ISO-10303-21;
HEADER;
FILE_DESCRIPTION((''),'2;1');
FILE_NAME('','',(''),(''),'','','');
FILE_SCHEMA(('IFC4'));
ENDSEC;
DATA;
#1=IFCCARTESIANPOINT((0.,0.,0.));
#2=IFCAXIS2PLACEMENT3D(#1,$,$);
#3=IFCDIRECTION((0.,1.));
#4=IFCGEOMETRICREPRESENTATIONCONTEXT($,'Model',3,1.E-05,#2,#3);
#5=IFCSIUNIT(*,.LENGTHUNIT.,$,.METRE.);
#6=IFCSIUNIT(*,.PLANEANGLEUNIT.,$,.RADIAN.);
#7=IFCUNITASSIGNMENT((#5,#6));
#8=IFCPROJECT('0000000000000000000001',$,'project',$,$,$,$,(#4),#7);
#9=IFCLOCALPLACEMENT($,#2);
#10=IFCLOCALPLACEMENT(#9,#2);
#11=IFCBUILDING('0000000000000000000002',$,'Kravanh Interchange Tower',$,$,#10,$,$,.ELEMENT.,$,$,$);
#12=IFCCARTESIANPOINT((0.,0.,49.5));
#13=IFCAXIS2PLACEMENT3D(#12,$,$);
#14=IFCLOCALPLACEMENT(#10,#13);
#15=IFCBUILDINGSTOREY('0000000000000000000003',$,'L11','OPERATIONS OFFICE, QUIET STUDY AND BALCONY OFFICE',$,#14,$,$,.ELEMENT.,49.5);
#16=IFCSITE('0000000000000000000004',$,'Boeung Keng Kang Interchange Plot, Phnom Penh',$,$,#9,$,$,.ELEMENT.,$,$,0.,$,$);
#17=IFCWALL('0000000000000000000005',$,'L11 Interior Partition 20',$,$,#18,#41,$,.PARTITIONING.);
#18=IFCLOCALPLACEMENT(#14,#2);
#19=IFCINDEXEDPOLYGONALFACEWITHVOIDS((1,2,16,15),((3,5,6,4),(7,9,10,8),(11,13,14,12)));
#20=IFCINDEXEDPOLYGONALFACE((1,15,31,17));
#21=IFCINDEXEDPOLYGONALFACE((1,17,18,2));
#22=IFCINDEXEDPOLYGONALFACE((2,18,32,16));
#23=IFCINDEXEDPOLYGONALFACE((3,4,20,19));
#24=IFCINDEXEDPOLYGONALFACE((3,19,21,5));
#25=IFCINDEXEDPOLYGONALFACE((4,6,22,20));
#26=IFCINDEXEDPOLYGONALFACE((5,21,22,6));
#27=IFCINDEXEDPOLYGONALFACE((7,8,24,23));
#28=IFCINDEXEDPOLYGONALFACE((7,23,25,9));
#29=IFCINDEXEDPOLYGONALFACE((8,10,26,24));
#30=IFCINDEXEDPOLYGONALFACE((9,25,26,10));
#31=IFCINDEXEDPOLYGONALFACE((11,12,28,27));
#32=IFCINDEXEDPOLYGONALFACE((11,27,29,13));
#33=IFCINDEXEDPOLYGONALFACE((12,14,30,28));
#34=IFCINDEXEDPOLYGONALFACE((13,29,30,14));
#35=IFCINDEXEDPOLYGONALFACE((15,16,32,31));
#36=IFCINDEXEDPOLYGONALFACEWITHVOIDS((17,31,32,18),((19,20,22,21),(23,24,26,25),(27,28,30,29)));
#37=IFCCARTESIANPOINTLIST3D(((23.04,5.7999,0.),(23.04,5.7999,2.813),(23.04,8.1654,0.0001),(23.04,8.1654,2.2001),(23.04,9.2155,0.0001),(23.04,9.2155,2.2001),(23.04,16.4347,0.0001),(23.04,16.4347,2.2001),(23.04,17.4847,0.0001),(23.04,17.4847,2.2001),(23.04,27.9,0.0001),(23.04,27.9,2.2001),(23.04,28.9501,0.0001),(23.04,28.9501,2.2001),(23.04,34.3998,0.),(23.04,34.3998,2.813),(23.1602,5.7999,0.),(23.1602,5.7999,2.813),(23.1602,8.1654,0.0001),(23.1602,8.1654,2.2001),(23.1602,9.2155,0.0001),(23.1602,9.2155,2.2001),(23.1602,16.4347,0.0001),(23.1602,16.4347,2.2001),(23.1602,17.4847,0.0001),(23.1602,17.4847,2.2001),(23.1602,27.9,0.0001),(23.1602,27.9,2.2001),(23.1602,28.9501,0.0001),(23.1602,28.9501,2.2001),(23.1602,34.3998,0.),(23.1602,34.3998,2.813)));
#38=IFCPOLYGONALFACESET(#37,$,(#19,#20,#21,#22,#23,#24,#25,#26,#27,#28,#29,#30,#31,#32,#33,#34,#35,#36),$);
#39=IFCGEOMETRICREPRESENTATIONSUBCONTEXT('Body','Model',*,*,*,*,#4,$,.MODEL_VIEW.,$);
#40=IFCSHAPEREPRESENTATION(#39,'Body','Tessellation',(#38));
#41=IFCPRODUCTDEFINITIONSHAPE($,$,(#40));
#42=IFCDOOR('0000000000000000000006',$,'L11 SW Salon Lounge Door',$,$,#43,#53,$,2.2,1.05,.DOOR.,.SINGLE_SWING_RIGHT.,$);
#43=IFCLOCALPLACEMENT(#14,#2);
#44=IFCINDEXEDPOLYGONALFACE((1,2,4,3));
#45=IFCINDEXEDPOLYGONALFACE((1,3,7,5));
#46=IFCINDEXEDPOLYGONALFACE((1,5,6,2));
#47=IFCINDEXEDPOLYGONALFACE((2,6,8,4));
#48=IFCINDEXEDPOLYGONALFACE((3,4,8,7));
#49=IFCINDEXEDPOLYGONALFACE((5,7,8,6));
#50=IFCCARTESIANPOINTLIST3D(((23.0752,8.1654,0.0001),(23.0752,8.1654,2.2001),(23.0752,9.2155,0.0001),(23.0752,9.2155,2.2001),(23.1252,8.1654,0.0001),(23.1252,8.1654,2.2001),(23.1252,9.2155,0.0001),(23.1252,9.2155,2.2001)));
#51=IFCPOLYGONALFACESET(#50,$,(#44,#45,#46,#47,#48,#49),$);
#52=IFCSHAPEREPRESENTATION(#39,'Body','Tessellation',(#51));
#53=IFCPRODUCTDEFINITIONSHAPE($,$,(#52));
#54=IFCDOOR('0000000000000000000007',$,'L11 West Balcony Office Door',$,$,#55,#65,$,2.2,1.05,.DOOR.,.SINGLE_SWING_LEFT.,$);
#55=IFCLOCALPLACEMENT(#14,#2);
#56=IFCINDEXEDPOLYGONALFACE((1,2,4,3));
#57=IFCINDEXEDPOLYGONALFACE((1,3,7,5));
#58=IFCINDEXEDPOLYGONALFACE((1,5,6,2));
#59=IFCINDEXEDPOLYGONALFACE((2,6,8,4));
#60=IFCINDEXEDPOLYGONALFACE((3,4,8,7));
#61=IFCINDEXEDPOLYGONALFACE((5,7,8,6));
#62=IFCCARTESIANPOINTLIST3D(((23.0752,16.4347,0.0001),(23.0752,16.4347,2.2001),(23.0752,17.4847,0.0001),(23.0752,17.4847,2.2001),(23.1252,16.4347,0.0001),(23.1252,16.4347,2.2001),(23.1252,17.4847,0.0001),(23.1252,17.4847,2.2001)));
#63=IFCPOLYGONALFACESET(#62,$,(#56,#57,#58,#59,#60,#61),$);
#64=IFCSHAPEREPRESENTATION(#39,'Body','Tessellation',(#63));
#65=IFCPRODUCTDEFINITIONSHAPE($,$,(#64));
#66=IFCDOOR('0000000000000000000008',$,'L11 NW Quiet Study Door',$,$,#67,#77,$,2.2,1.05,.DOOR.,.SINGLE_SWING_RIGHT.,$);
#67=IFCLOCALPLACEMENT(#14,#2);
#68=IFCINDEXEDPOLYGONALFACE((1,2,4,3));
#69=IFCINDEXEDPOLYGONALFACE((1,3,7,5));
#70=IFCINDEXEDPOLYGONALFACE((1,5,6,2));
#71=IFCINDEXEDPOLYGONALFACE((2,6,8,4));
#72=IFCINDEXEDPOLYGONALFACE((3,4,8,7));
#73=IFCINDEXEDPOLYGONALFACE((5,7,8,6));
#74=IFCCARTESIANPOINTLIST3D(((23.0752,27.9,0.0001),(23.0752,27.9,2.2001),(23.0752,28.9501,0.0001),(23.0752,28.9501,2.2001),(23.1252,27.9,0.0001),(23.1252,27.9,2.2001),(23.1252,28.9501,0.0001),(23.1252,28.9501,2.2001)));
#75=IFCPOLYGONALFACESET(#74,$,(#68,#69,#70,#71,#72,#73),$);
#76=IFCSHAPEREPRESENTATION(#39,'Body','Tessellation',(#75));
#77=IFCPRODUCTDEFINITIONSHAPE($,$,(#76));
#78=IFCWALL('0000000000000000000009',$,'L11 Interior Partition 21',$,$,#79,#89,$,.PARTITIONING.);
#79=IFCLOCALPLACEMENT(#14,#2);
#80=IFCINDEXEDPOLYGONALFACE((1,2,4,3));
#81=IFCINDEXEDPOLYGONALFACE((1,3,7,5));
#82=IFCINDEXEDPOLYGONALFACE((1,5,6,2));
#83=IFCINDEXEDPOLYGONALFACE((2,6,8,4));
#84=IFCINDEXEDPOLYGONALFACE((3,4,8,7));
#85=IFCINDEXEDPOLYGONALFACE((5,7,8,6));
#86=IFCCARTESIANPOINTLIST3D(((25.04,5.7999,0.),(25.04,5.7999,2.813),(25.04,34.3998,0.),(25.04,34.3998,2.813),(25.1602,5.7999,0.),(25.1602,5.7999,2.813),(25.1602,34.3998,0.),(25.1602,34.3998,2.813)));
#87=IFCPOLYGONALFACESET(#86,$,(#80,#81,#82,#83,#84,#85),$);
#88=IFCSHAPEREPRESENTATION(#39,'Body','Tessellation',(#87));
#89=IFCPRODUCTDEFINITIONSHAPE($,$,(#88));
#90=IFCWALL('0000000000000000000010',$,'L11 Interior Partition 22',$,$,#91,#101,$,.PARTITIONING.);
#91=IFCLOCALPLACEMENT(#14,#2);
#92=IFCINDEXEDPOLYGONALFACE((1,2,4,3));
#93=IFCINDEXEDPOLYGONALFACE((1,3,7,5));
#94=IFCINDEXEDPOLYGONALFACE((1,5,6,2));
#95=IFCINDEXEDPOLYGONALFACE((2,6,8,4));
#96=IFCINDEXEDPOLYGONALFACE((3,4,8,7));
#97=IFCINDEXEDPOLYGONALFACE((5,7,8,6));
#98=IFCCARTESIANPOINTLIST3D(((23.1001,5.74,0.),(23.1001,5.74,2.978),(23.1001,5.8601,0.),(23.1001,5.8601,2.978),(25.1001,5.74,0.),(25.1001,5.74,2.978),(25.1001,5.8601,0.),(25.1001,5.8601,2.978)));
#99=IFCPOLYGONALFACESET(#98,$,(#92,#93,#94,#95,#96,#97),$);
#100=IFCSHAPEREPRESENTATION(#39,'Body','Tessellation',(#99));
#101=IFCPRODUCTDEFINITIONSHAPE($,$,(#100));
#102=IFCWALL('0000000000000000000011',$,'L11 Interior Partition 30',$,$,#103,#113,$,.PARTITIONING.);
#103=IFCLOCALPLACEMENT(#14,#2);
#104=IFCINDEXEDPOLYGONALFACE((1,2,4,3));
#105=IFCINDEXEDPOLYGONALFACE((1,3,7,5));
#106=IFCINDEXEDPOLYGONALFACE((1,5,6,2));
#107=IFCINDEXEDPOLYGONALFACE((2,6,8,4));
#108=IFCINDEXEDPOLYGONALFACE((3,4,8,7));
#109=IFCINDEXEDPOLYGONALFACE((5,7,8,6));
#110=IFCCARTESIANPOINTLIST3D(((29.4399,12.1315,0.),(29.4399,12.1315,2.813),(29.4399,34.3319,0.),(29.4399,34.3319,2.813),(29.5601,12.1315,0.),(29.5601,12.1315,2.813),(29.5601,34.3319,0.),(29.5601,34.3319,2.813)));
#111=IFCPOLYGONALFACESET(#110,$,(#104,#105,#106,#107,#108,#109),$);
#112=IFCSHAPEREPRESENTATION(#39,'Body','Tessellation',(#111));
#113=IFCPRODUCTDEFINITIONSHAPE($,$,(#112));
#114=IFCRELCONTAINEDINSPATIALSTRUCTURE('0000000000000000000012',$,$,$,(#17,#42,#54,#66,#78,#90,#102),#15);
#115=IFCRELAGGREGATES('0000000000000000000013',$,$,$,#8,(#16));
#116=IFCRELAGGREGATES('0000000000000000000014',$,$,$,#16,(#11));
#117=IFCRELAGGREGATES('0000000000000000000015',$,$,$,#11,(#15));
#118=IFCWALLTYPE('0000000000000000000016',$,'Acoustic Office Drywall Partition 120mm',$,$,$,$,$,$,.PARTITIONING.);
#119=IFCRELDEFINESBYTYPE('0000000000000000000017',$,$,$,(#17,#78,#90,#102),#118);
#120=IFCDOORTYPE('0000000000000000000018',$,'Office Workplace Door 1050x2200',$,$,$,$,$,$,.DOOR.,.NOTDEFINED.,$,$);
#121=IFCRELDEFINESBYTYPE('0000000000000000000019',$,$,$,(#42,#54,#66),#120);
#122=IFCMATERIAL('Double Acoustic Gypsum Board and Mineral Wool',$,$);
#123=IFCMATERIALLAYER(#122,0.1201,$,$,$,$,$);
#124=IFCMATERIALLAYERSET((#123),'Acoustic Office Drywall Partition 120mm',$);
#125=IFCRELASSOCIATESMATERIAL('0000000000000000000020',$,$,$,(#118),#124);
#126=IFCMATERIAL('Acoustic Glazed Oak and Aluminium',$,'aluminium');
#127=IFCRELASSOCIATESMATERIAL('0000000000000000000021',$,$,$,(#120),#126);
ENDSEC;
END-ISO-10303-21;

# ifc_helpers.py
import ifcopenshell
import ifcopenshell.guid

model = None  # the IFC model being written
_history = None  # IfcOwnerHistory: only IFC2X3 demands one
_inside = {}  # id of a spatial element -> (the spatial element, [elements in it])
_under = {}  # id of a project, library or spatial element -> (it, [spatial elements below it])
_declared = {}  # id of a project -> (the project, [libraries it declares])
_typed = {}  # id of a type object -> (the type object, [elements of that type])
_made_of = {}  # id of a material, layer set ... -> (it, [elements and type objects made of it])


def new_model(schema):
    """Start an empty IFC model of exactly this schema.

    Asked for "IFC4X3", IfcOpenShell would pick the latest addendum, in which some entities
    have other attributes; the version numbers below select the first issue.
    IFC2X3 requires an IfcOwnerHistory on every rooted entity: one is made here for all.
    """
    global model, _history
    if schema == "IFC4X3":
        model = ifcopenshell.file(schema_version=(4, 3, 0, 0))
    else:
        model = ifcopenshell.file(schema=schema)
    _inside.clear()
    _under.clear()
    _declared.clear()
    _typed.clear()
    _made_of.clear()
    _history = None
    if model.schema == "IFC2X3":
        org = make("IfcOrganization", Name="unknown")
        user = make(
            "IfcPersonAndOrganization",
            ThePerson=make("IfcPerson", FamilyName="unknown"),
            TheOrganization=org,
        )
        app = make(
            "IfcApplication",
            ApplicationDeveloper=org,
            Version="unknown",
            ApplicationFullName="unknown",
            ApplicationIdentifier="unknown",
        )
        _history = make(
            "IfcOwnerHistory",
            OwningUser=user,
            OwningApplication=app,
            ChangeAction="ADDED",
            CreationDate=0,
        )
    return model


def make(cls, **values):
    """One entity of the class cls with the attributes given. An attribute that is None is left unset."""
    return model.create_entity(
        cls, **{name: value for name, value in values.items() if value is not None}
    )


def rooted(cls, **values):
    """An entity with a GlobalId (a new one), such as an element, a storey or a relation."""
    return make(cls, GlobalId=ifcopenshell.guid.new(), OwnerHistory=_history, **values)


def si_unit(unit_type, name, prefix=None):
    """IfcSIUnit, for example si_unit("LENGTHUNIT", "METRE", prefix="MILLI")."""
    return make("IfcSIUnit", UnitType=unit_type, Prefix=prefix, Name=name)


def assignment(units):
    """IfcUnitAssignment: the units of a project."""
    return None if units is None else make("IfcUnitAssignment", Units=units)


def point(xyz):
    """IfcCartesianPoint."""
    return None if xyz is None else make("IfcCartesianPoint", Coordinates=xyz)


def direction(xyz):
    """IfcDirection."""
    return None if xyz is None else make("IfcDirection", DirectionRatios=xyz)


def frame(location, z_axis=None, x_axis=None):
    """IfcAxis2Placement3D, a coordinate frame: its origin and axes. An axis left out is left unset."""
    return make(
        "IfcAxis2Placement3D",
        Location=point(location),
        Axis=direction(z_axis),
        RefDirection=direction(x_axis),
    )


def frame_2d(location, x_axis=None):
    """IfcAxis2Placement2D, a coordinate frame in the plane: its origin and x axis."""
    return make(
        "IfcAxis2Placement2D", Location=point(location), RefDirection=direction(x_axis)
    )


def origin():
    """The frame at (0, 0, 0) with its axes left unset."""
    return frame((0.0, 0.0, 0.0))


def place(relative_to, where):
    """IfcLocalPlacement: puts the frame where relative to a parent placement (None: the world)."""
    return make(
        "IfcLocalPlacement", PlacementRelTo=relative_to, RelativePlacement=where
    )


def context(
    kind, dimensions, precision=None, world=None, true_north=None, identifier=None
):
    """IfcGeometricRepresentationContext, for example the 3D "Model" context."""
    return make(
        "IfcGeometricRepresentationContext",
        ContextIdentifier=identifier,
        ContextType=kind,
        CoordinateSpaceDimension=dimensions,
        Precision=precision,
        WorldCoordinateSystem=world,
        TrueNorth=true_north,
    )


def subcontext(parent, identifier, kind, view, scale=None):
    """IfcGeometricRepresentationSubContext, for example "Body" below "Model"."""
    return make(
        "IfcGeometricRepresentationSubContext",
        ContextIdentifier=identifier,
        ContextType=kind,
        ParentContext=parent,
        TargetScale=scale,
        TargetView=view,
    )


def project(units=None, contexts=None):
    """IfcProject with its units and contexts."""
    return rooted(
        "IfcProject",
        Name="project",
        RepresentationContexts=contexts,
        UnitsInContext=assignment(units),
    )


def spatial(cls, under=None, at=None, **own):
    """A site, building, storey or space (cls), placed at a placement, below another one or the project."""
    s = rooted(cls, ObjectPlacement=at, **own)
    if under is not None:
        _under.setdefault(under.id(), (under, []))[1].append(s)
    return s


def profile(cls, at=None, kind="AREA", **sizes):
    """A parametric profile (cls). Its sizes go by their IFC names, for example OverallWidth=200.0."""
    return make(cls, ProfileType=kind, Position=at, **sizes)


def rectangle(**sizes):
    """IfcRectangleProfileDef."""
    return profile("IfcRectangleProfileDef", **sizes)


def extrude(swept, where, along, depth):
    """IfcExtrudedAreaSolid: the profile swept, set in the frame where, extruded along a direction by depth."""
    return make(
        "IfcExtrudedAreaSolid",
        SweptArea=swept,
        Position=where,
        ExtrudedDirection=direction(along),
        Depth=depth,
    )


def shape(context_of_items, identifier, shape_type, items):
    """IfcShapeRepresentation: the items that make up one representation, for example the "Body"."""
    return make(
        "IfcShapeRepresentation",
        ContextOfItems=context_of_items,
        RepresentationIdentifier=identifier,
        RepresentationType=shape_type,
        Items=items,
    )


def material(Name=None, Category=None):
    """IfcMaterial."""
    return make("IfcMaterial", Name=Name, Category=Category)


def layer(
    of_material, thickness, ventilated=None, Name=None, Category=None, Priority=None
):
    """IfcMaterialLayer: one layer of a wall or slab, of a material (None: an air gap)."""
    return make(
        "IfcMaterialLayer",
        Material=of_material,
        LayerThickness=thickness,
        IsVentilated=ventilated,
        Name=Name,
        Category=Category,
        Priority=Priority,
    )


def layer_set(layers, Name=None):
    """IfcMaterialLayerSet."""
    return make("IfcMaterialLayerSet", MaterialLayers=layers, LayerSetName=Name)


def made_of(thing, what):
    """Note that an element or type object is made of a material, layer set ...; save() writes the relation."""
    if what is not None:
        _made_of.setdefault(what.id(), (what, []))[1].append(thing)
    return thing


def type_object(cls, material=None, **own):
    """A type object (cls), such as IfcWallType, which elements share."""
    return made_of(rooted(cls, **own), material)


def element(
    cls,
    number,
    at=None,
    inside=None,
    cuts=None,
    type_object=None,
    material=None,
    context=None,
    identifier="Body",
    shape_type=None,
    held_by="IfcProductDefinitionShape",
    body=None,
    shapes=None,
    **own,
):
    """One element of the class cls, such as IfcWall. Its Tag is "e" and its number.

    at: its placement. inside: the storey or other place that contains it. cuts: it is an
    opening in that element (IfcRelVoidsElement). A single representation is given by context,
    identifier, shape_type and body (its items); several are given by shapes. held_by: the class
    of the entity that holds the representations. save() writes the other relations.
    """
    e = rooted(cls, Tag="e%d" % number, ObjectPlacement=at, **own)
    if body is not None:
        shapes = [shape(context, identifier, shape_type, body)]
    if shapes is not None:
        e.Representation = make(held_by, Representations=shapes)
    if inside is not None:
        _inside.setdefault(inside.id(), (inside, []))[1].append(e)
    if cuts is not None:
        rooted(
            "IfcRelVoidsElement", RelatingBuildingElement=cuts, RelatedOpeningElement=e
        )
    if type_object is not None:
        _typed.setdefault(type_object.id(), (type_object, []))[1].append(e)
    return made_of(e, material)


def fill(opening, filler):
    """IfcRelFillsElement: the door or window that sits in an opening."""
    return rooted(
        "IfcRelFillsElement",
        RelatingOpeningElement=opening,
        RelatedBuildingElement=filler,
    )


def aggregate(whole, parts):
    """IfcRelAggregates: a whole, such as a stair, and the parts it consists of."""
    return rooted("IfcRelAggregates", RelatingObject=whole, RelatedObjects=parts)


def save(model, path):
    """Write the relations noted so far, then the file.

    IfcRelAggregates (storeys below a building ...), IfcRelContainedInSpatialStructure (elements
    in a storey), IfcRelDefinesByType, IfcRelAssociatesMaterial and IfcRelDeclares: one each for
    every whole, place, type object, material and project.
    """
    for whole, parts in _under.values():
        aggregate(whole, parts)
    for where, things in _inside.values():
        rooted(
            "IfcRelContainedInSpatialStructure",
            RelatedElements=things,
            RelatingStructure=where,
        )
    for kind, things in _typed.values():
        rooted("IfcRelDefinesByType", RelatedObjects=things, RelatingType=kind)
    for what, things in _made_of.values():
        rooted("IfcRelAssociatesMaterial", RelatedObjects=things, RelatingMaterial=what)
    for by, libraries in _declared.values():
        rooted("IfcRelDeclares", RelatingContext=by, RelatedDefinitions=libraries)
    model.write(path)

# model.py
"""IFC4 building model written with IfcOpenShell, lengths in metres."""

from ifc_helpers import new_model, si_unit, direction, frame, frame_2d, origin, place, context, subcontext, project, spatial, rectangle, extrude, material, layer, layer_set, type_object, element, fill, save


model = new_model("IFC4")

# Units and contexts
model_context = context("Model", 3, precision=1e-05, world=origin(), true_north=direction((0.0, 1.0)))
body_context = subcontext(model_context, "Body", "Model", "MODEL_VIEW")
ifc_project = project(units=[si_unit("LENGTHUNIT", "METRE"), si_unit("PLANEANGLEUNIT", "RADIAN")], contexts=[model_context])

# Site, building, storey
site_placement = place(None, origin())
site = spatial("IfcSite", under=ifc_project, at=site_placement, Name="Boeung Keng Kang Interchange Plot, Phnom Penh", CompositionType="ELEMENT", RefElevation=0.0)
building_placement = place(site_placement, origin())
building = spatial("IfcBuilding", under=site, at=building_placement, Name="Kravanh Interchange Tower", CompositionType="ELEMENT")
storey_placement = place(building_placement, frame((0.0, 0.0, 49.5)))
storey = spatial("IfcBuildingStorey", under=building, at=storey_placement, Name="L11", Description="OPERATIONS OFFICE, QUIET STUDY AND BALCONY OFFICE", CompositionType="ELEMENT", Elevation=49.5)

# Wall, openings, doors
ifc_material_1 = material(Name="Double Acoustic Gypsum Board and Mineral Wool")
ifc_layer_1 = layer(ifc_material_1, 0.1201)
ifc_layer_set_1 = layer_set([ifc_layer_1], Name="Acoustic Office Drywall Partition 120mm")
wall_type = type_object("IfcWallType", Name="Acoustic Office Drywall Partition 120mm", PredefinedType="PARTITIONING", material=ifc_layer_set_1)
wall_1_placement = place(storey_placement, frame((23.1001, 5.8, 0.0), z_axis=(0.0, 0.0, 1.0), x_axis=(0.0, 1.0, 0.0)))
wall_1 = element("IfcWall", 1, at=wall_1_placement, inside=storey, type_object=wall_type, Name="L11 Interior Partition 20", PredefinedType="PARTITIONING", context=body_context, shape_type="SweptSolid", body=[
    extrude(rectangle(XDim=28.5999, YDim=0.1201, at=frame_2d((14.2998, 0.0))), origin(), (0.0, 0.0, 1.0), 2.813),
])
opening_1_placement = place(wall_1_placement, frame((2.3655, 0.0, 0.0)))
opening_1 = element("IfcOpeningElement", 2, at=opening_1_placement, cuts=wall_1, PredefinedType="OPENING", context=body_context, shape_type="SweptSolid", body=[
    extrude(rectangle(XDim=1.05, YDim=2.2, at=frame_2d((0.5249, 1.1001))), frame((0.0, 0.0701, 0.0), z_axis=(0.0, -1.0, 0.0), x_axis=(1.0, 0.0, 0.0)), (0.0, 0.0, 1.0), 0.1401),
])
opening_2_placement = place(wall_1_placement, frame((10.6348, 0.0, 0.0)))
opening_2 = element("IfcOpeningElement", 3, at=opening_2_placement, cuts=wall_1, PredefinedType="OPENING", context=body_context, shape_type="SweptSolid", body=[
    extrude(rectangle(XDim=1.05, YDim=2.2, at=frame_2d((0.5249, 1.1001))), frame((0.0, 0.0701, 0.0), z_axis=(0.0, -1.0, 0.0), x_axis=(1.0, 0.0, 0.0)), (0.0, 0.0, 1.0), 0.1401),
])
opening_3_placement = place(wall_1_placement, frame((22.1001, 0.0, 0.0)))
opening_3 = element("IfcOpeningElement", 4, at=opening_3_placement, cuts=wall_1, PredefinedType="OPENING", context=body_context, shape_type="SweptSolid", body=[
    extrude(rectangle(XDim=1.05, YDim=2.2, at=frame_2d((0.5249, 1.1001))), frame((0.0, 0.0701, 0.0), z_axis=(0.0, -1.0, 0.0), x_axis=(1.0, 0.0, 0.0)), (0.0, 0.0, 1.0), 0.1401),
])
ifc_material_2 = material(Name="Acoustic Glazed Oak and Aluminium", Category="aluminium")
door_type = type_object("IfcDoorType", Name="Office Workplace Door 1050x2200", OperationType="NOTDEFINED", PredefinedType="DOOR", material=ifc_material_2)
door_1_placement = place(opening_1_placement, origin())
door_1 = element("IfcDoor", 5, at=door_1_placement, inside=storey, type_object=door_type, Name="L11 SW Salon Lounge Door", OperationType="SINGLE_SWING_RIGHT", OverallHeight=2.2, OverallWidth=1.05, PredefinedType="DOOR", context=body_context, shape_type="SweptSolid", body=[
    extrude(rectangle(XDim=1.05, YDim=2.2, at=frame_2d((0.5249, 1.1001))), frame((0.0, 0.0249, 0.0), z_axis=(0.0, -1.0, 0.0), x_axis=(1.0, 0.0, 0.0)), (0.0, 0.0, 1.0), 0.05),
])
fill(opening_1, door_1)
door_2_placement = place(opening_2_placement, origin())
door_2 = element("IfcDoor", 6, at=door_2_placement, inside=storey, type_object=door_type, Name="L11 West Balcony Office Door", OperationType="SINGLE_SWING_LEFT", OverallHeight=2.2, OverallWidth=1.05, PredefinedType="DOOR", context=body_context, shape_type="SweptSolid", body=[
    extrude(rectangle(XDim=1.05, YDim=2.2, at=frame_2d((0.5249, 1.1001))), frame((0.0, 0.0249, 0.0), z_axis=(0.0, -1.0, 0.0), x_axis=(1.0, 0.0, 0.0)), (0.0, 0.0, 1.0), 0.05),
])
fill(opening_2, door_2)
door_3_placement = place(opening_3_placement, origin())
door_3 = element("IfcDoor", 7, at=door_3_placement, inside=storey, type_object=door_type, Name="L11 NW Quiet Study Door", OperationType="SINGLE_SWING_RIGHT", OverallHeight=2.2, OverallWidth=1.05, PredefinedType="DOOR", context=body_context, shape_type="SweptSolid", body=[
    extrude(rectangle(XDim=1.05, YDim=2.2, at=frame_2d((0.5249, 1.1001))), frame((0.0, 0.0249, 0.0), z_axis=(0.0, -1.0, 0.0), x_axis=(1.0, 0.0, 0.0)), (0.0, 0.0, 1.0), 0.05),
])
fill(opening_3, door_3)

# Walls
wall_2_placement = place(storey_placement, frame((25.1001, 5.8, 0.0), z_axis=(0.0, 0.0, 1.0), x_axis=(0.0, 1.0, 0.0)))
element("IfcWall", 8, at=wall_2_placement, inside=storey, type_object=wall_type, Name="L11 Interior Partition 21", PredefinedType="PARTITIONING", context=body_context, shape_type="SweptSolid", body=[
    extrude(rectangle(XDim=28.5999, YDim=0.1201, at=frame_2d((14.2998, 0.0))), origin(), (0.0, 0.0, 1.0), 2.813),
])
wall_3_placement = place(storey_placement, frame((23.1001, 5.8, 0.0), z_axis=(0.0, 0.0, 1.0), x_axis=(1.0, 0.0, 0.0)))
element("IfcWall", 9, at=wall_3_placement, inside=storey, type_object=wall_type, Name="L11 Interior Partition 22", PredefinedType="PARTITIONING", context=body_context, shape_type="SweptSolid", body=[
    extrude(rectangle(XDim=2.0, YDim=0.1201, at=frame_2d((1.0, 0.0))), origin(), (0.0, 0.0, 1.0), 2.978),
])
wall_4_placement = place(storey_placement, frame((29.5, 12.1316, 0.0), z_axis=(0.0, 0.0, 1.0), x_axis=(0.0, 1.0, 0.0)))
element("IfcWall", 10, at=wall_4_placement, inside=storey, type_object=wall_type, Name="L11 Interior Partition 30", PredefinedType="PARTITIONING", context=body_context, shape_type="SweptSolid", body=[
    extrude(rectangle(XDim=22.2004, YDim=0.1201, at=frame_2d((11.1001, 0.0))), origin(), (0.0, 0.0, 1.0), 2.813),
])

save(model, "model.ifc")
